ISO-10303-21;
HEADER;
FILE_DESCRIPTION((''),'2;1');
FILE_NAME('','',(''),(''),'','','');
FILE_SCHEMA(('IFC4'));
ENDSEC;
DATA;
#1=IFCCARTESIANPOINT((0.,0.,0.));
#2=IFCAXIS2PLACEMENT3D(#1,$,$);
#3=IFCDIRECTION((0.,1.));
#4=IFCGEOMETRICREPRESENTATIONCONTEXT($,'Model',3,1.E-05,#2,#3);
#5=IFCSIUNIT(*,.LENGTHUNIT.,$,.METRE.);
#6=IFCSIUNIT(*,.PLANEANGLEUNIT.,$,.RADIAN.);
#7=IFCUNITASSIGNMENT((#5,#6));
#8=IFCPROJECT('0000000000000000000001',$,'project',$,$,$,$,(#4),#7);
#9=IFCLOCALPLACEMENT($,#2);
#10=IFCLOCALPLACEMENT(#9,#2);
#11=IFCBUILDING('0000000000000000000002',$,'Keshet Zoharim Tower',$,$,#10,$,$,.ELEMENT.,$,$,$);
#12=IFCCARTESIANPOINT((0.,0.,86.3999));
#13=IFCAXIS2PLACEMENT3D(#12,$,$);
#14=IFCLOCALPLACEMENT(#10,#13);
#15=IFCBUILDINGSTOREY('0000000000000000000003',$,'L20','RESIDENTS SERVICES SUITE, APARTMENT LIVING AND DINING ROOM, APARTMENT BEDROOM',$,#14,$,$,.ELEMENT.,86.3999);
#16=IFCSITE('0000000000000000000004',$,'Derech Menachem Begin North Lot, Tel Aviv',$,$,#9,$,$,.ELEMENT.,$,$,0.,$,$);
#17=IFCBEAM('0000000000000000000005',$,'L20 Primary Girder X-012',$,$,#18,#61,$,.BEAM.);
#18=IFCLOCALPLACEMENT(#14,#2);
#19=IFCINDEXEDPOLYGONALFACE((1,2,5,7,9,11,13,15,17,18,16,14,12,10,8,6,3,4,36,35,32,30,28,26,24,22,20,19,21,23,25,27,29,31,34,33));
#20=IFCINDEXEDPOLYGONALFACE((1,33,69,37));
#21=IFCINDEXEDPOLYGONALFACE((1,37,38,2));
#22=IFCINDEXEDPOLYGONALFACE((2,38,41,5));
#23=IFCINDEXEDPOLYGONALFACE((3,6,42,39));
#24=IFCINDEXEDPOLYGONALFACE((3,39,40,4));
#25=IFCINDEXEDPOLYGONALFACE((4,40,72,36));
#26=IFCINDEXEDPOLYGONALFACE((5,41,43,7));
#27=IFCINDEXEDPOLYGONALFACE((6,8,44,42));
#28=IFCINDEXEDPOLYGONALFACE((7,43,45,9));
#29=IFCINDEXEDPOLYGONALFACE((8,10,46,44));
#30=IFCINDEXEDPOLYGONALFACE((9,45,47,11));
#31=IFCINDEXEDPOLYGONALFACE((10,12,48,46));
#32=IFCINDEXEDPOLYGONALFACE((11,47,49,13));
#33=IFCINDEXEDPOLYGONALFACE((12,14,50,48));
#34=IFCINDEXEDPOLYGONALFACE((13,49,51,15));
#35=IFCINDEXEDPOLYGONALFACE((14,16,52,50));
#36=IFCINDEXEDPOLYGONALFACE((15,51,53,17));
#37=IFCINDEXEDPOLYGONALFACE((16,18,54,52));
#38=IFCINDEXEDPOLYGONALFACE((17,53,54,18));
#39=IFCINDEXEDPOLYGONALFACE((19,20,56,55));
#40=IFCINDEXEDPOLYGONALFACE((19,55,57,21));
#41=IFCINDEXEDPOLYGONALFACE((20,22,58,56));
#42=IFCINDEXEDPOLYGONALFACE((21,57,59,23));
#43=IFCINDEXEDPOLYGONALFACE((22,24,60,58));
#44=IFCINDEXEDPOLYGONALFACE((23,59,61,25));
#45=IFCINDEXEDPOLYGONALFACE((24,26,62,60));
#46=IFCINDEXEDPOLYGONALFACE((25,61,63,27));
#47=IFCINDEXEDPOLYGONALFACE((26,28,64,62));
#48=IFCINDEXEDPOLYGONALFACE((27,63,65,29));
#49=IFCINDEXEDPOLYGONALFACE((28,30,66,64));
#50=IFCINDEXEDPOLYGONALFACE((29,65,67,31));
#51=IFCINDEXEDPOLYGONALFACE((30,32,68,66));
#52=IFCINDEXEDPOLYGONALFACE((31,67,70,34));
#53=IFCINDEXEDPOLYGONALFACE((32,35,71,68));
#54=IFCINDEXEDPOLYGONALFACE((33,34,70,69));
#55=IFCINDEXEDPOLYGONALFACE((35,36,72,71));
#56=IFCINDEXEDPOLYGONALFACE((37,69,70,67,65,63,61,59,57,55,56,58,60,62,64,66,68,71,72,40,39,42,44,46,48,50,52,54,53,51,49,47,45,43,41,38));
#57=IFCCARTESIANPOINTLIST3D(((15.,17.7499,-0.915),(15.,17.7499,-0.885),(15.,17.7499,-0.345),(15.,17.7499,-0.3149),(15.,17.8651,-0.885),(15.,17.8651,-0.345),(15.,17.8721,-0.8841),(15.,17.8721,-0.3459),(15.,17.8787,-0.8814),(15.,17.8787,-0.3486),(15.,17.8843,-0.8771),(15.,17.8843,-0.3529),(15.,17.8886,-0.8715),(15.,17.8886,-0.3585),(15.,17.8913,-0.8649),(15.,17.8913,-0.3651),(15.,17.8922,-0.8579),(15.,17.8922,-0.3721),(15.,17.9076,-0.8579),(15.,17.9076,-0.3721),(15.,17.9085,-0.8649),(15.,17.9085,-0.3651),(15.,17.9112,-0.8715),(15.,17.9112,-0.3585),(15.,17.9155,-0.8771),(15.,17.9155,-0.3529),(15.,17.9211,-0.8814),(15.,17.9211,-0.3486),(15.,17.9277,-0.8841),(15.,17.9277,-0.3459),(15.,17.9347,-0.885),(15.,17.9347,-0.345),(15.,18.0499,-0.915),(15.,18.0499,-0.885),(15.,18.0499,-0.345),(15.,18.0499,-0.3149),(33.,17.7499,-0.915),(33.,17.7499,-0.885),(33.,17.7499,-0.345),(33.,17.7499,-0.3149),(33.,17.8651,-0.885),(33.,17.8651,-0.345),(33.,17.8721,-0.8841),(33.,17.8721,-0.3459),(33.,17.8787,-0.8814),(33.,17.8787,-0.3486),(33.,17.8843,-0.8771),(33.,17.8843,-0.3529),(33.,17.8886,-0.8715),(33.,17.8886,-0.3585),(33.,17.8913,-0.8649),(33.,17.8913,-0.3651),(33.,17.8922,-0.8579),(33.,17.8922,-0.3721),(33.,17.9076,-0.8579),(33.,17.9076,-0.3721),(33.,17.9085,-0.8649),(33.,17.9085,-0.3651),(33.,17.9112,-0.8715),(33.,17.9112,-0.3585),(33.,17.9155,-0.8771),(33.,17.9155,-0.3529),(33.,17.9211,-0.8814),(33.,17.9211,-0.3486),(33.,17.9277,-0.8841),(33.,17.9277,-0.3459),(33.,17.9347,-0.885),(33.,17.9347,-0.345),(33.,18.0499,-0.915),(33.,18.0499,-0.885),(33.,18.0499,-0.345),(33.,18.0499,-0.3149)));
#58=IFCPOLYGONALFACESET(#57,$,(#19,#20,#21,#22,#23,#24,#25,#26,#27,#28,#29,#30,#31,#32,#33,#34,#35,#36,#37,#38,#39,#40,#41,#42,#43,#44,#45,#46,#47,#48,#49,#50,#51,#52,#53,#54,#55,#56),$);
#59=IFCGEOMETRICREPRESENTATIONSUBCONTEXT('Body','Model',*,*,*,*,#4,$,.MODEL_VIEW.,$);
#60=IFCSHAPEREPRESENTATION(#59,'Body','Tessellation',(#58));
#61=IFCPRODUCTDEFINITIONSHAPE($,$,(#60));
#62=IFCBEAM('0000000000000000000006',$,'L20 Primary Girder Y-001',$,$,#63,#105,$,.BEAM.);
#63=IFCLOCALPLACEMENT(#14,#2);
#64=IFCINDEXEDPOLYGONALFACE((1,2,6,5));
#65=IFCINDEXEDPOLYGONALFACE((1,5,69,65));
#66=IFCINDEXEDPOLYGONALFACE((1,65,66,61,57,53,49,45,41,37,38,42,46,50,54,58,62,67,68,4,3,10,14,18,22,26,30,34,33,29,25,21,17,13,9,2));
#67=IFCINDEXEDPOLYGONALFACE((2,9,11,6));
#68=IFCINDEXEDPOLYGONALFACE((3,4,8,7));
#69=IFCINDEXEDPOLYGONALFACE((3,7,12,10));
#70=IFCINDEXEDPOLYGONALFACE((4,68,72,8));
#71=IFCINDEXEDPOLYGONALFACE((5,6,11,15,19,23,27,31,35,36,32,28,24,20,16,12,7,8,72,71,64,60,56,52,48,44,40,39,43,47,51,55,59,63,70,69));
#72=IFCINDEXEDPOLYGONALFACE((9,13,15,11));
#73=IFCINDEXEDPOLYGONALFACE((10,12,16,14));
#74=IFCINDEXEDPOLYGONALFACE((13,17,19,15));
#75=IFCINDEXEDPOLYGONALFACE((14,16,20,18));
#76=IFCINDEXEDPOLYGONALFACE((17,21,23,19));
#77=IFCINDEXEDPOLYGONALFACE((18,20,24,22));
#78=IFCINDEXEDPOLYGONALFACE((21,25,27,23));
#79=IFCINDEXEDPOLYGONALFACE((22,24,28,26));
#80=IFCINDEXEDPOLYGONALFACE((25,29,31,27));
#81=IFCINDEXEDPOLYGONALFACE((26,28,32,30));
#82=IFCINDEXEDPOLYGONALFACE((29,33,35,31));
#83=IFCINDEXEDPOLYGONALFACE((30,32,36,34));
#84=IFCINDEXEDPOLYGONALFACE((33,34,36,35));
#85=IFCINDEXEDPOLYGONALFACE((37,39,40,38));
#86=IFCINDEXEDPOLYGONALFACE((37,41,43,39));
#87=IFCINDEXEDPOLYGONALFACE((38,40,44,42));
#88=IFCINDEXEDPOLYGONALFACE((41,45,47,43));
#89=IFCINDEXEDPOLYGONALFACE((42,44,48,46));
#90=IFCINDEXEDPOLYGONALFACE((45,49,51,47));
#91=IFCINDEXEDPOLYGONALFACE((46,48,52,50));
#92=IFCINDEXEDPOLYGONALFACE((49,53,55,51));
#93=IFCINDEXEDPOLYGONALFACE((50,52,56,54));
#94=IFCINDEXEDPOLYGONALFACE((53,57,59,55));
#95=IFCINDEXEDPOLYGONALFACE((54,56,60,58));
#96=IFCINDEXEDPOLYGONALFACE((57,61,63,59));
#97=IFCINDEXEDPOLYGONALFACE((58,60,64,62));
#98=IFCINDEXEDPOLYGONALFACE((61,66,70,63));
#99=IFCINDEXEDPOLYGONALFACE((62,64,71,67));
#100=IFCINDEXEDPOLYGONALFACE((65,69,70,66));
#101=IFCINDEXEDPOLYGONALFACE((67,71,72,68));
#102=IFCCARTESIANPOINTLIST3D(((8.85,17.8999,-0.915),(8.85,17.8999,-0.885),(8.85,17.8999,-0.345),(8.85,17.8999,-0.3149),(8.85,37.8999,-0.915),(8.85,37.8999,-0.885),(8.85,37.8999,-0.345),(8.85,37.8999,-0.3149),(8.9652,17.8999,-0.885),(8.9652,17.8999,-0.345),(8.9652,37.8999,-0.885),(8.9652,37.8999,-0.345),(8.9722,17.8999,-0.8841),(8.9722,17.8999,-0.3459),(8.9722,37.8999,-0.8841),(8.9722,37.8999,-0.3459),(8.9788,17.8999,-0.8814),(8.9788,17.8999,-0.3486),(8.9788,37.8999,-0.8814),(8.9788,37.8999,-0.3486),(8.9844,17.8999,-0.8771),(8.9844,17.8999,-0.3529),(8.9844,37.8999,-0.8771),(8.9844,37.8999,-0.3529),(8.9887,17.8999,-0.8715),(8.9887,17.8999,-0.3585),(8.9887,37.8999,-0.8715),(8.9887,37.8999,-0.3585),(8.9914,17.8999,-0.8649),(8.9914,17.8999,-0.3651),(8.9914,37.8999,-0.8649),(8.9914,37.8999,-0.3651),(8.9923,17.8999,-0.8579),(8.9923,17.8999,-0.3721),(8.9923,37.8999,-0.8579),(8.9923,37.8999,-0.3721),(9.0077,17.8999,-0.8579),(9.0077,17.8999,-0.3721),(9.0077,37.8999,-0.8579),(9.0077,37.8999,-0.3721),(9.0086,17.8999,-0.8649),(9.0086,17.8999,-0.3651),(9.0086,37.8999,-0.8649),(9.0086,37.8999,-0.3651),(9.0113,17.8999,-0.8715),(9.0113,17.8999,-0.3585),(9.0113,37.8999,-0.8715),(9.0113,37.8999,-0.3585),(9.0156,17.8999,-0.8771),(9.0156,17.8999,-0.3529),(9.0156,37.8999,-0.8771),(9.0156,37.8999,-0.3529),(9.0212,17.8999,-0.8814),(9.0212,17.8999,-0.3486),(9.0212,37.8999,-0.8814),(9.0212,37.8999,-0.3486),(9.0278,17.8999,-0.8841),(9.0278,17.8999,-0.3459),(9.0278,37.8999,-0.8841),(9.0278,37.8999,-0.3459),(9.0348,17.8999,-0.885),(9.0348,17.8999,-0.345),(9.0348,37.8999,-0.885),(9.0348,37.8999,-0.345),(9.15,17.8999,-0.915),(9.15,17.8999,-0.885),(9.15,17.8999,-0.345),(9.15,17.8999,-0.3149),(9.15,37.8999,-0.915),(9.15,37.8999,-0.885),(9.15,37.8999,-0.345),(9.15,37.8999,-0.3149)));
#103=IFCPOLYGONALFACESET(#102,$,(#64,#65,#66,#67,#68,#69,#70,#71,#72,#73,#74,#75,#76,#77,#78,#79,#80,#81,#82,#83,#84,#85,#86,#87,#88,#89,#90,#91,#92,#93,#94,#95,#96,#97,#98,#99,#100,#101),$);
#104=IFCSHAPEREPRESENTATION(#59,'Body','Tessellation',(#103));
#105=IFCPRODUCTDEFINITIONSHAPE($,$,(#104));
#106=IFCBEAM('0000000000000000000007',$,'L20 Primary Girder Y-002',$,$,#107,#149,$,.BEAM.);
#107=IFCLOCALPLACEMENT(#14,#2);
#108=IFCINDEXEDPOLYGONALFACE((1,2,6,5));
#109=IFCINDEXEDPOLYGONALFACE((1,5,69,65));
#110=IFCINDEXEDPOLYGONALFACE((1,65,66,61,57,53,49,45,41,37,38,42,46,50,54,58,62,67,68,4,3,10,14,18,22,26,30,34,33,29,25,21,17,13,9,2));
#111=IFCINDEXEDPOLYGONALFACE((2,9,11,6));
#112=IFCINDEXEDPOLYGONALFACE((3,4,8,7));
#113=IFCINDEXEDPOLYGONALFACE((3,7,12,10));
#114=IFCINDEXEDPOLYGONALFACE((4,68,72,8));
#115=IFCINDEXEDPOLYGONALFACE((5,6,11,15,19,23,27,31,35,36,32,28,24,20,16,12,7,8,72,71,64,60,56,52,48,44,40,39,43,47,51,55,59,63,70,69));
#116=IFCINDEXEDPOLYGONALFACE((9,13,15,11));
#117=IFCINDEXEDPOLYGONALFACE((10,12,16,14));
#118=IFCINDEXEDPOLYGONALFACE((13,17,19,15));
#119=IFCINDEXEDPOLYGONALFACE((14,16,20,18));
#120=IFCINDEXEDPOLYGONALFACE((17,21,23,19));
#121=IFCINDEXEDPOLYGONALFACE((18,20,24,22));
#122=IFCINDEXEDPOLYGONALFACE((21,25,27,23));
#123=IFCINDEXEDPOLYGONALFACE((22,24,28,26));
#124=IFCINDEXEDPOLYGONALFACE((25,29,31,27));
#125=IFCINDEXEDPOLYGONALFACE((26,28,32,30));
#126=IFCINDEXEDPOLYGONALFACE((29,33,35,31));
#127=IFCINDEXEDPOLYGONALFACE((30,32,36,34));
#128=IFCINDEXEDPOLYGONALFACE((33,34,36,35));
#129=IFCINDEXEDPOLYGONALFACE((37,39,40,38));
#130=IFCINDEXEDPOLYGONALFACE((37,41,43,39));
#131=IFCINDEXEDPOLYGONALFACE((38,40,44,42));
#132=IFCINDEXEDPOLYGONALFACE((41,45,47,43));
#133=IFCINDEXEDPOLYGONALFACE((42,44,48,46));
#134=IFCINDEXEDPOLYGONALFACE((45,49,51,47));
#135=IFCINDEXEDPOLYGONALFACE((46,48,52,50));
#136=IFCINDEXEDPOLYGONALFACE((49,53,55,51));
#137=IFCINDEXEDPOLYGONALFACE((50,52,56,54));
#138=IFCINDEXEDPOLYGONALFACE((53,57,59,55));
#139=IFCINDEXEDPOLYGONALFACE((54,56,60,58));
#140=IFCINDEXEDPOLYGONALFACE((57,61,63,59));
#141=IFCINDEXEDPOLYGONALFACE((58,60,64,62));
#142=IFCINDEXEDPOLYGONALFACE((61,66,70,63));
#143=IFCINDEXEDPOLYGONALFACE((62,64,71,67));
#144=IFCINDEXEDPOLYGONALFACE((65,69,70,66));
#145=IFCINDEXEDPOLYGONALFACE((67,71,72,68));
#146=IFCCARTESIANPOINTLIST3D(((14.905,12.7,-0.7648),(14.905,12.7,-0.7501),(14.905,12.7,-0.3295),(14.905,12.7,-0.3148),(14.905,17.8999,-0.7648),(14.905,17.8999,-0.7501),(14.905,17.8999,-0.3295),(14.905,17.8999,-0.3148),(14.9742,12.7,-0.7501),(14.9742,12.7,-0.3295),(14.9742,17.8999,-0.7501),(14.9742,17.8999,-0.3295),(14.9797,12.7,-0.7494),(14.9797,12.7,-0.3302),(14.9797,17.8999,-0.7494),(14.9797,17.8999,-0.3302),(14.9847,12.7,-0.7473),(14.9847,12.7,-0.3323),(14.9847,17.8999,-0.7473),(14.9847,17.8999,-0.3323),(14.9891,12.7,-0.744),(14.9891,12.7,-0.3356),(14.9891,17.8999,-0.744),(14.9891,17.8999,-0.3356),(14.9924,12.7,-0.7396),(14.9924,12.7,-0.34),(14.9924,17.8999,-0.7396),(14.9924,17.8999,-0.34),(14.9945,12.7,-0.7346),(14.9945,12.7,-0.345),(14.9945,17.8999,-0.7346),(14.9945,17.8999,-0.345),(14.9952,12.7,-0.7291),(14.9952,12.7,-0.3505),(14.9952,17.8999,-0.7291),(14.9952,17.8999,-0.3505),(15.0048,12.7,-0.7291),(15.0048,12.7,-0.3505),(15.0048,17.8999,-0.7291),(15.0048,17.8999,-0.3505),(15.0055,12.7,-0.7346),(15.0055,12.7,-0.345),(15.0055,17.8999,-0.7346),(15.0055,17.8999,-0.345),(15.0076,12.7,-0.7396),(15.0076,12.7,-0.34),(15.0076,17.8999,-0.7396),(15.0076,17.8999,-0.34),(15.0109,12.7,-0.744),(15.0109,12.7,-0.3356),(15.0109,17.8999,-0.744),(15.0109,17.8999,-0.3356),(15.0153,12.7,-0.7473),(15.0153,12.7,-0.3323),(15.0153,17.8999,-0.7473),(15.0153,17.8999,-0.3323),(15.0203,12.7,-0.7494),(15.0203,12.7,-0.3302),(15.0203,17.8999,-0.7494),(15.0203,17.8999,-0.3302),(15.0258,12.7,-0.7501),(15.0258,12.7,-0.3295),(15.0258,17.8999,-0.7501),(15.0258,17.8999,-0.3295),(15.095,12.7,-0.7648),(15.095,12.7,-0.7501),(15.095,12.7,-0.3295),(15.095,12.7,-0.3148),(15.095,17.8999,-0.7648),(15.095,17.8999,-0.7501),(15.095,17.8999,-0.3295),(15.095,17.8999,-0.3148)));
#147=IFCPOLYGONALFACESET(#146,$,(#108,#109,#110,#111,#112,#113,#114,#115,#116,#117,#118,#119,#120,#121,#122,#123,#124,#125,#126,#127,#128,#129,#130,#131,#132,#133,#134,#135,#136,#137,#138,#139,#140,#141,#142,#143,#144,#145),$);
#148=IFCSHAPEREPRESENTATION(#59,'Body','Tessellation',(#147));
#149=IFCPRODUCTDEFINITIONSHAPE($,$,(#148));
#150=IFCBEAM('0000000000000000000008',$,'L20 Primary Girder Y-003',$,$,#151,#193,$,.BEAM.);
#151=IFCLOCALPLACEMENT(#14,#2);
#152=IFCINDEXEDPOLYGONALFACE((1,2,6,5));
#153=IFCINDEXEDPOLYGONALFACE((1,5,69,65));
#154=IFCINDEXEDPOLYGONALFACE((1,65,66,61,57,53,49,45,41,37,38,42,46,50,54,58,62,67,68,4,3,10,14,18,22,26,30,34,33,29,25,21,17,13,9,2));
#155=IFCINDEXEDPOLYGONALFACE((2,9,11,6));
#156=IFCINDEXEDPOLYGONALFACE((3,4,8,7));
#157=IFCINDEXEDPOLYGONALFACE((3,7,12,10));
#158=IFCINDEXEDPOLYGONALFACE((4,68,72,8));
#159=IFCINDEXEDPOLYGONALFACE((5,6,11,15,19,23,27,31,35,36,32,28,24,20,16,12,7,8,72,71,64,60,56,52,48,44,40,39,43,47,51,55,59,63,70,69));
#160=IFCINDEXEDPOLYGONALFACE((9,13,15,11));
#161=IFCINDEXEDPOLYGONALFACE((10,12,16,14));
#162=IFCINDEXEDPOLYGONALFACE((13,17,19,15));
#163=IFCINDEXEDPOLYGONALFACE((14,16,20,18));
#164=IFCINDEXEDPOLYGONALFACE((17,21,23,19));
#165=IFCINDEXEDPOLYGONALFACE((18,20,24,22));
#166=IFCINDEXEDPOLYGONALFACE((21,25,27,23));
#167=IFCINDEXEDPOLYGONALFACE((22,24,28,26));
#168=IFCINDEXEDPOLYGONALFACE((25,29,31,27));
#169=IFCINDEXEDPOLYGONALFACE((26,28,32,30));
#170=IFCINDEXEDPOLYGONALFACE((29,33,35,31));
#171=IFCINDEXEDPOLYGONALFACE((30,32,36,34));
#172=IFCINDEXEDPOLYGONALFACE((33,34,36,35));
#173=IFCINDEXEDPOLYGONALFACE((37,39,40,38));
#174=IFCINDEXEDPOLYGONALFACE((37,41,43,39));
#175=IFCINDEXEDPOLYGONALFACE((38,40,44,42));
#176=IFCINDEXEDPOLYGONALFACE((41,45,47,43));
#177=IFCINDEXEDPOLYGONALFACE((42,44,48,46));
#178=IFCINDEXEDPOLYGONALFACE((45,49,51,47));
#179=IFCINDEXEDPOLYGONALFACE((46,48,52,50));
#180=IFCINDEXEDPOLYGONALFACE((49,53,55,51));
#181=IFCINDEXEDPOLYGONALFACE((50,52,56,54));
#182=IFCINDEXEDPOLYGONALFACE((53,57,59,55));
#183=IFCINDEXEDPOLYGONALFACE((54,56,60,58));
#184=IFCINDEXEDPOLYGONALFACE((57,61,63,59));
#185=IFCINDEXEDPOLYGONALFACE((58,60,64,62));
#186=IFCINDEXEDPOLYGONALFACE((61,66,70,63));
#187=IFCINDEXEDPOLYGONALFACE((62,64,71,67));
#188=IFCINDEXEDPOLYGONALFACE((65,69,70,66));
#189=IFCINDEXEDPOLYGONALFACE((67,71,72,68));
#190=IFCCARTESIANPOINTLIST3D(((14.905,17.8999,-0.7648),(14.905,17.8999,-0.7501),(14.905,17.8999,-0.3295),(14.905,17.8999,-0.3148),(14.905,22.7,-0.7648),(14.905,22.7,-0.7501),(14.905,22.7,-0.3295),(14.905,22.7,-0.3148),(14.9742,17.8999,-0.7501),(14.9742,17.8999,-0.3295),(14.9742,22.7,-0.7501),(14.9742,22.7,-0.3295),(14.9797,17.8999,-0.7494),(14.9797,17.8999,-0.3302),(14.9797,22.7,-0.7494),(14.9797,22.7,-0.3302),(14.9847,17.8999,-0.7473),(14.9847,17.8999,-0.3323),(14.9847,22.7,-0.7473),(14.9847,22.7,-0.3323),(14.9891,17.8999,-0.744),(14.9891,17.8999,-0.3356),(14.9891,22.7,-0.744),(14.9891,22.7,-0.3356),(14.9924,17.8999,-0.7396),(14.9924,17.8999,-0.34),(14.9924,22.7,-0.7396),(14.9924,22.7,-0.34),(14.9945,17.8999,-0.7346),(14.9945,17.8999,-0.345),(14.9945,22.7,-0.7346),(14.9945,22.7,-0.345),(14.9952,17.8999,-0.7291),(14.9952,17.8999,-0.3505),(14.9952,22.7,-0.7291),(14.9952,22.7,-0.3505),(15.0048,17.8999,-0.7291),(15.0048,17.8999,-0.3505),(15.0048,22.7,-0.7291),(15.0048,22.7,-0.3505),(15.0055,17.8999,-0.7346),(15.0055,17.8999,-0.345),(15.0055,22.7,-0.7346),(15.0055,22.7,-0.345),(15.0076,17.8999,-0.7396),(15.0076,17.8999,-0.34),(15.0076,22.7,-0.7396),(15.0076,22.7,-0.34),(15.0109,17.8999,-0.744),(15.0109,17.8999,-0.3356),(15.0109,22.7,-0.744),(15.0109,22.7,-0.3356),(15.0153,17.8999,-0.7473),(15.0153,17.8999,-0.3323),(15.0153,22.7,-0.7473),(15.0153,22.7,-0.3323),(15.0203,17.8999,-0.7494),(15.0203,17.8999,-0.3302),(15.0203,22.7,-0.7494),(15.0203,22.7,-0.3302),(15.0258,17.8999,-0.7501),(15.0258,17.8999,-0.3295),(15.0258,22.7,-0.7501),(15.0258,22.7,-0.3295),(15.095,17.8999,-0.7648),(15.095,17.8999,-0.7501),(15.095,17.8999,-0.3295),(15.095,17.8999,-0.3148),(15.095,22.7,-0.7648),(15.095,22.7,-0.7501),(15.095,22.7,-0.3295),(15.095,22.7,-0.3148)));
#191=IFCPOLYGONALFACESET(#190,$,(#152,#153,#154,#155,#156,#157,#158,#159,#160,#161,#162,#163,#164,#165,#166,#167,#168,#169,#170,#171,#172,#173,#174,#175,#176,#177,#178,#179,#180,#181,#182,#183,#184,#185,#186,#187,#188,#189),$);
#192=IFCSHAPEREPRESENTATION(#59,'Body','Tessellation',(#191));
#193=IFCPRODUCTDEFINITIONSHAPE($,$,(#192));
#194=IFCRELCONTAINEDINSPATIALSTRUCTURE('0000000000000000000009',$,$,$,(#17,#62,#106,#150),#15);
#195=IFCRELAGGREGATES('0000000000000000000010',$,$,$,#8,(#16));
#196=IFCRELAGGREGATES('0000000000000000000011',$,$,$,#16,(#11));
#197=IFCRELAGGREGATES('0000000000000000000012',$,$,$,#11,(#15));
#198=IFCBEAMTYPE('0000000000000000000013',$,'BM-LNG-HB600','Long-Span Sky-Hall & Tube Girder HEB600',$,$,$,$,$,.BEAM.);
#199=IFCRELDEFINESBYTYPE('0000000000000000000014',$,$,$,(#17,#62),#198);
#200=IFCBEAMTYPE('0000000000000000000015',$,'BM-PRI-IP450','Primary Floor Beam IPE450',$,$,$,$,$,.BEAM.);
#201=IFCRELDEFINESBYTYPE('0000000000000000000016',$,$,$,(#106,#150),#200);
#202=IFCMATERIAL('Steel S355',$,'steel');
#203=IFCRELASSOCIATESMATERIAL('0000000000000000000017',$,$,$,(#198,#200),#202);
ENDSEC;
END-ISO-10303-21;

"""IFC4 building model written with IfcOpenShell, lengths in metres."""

from ifc_helpers import new_model, si_unit, direction, frame, origin, origin_2d, place, context, subcontext, project, spatial, i_section, extrude, material, material_profile, profile_set, type_object, element, save


model = new_model("IFC4")

# Units and contexts
model_context = context("Model", 3, precision=1e-05, world=origin(), true_north=direction((0.0, 1.0)))
body_context = subcontext(model_context, "Body", "Model", "MODEL_VIEW")
ifc_project = project(units=[si_unit("LENGTHUNIT", "METRE"), si_unit("PLANEANGLEUNIT", "RADIAN")], contexts=[model_context])

# Site, building, storey
site_placement = place(None, origin())
site = spatial("IfcSite", under=ifc_project, at=site_placement, Name="Derech Menachem Begin North Lot, Tel Aviv", CompositionType="ELEMENT", RefElevation=0.0)
building_placement = place(site_placement, origin())
building = spatial("IfcBuilding", under=site, at=building_placement, Name="Keshet Zoharim Tower", CompositionType="ELEMENT")
storey_placement = place(building_placement, frame((0.0, 0.0, 86.3999)))
storey = spatial("IfcBuildingStorey", under=building, at=storey_placement, Name="L20", Description="RESIDENTS SERVICES SUITE, APARTMENT LIVING AND DINING ROOM, APARTMENT BEDROOM", CompositionType="ELEMENT", Elevation=86.3999)

# Shared definitions
ifc_material_1 = material(Name="Steel S355", Category="steel")

# Beams
ifc_material_profile_1 = material_profile(ifc_material_1, i_section(OverallWidth=0.3, OverallDepth=0.6001, WebThickness=0.0154, FlangeThickness=0.03, FilletRadius=0.0271, at=origin_2d()), Name="HEB600")
ifc_profile_set_1 = profile_set([ifc_material_profile_1], Name="Steel S355")
beam_type_1 = type_object("IfcBeamType", Name="BM-LNG-HB600", Description="Long-Span Sky-Hall & Tube Girder HEB600", PredefinedType="BEAM", material=ifc_profile_set_1)
for number, where, z_axis, x_axis, name in (
    (1, (15.0, 17.8999, -0.615), (1.0, 0.0, 0.0), (0.0, 1.0, 0.0), "L20 Primary Girder X-012"),
):
    element("IfcBeam", number, at=place(storey_placement, frame(where, z_axis=z_axis, x_axis=x_axis)), inside=storey, type_object=beam_type_1, Name=name, PredefinedType="BEAM", context=body_context, shape_type="SweptSolid", body=[
        extrude(i_section(OverallWidth=0.3, OverallDepth=0.6001, WebThickness=0.0154, FlangeThickness=0.03, FilletRadius=0.0271, at=origin_2d()), origin(), (0.0, 0.0, 1.0), 18.0),
    ])
beam_1_placement = place(storey_placement, frame((9.0, 17.8999, -0.615), z_axis=(0.0, 1.0, 0.0), x_axis=(-1.0, 0.0, 0.0)))
element("IfcBeam", 2, at=beam_1_placement, inside=storey, type_object=beam_type_1, Name="L20 Primary Girder Y-001", PredefinedType="BEAM", context=body_context, shape_type="SweptSolid", body=[
    extrude(i_section(OverallWidth=0.3, OverallDepth=0.6001, WebThickness=0.0154, FlangeThickness=0.03, FilletRadius=0.0271, at=origin_2d()), origin(), (0.0, 0.0, 1.0), 20.0),
])
ifc_material_profile_2 = material_profile(ifc_material_1, i_section(OverallWidth=0.1899, OverallDepth=0.45, WebThickness=0.0095, FlangeThickness=0.0146, FilletRadius=0.021, at=origin_2d()), Name="IPE450")
ifc_profile_set_2 = profile_set([ifc_material_profile_2], Name="Steel S355")
beam_type_2 = type_object("IfcBeamType", Name="BM-PRI-IP450", Description="Primary Floor Beam IPE450", PredefinedType="BEAM", material=ifc_profile_set_2)
beam_2_placement = place(storey_placement, frame((15.0, 12.7, -0.5398), z_axis=(0.0, 1.0, 0.0), x_axis=(-1.0, 0.0, 0.0)))
element("IfcBeam", 3, at=beam_2_placement, inside=storey, type_object=beam_type_2, Name="L20 Primary Girder Y-002", PredefinedType="BEAM", context=body_context, shape_type="SweptSolid", body=[
    extrude(i_section(OverallWidth=0.1899, OverallDepth=0.45, WebThickness=0.0095, FlangeThickness=0.0146, FilletRadius=0.021, at=origin_2d()), origin(), (0.0, 0.0, 1.0), 5.2),
])
beam_3_placement = place(storey_placement, frame((15.0, 17.8999, -0.5398), z_axis=(0.0, 1.0, 0.0), x_axis=(-1.0, 0.0, 0.0)))
element("IfcBeam", 4, at=beam_3_placement, inside=storey, type_object=beam_type_2, Name="L20 Primary Girder Y-003", PredefinedType="BEAM", context=body_context, shape_type="SweptSolid", body=[
    extrude(i_section(OverallWidth=0.1899, OverallDepth=0.45, WebThickness=0.0095, FlangeThickness=0.0146, FilletRadius=0.021, at=origin_2d()), origin(), (0.0, 0.0, 1.0), 4.8),
])

save(model, "model.ifc")
